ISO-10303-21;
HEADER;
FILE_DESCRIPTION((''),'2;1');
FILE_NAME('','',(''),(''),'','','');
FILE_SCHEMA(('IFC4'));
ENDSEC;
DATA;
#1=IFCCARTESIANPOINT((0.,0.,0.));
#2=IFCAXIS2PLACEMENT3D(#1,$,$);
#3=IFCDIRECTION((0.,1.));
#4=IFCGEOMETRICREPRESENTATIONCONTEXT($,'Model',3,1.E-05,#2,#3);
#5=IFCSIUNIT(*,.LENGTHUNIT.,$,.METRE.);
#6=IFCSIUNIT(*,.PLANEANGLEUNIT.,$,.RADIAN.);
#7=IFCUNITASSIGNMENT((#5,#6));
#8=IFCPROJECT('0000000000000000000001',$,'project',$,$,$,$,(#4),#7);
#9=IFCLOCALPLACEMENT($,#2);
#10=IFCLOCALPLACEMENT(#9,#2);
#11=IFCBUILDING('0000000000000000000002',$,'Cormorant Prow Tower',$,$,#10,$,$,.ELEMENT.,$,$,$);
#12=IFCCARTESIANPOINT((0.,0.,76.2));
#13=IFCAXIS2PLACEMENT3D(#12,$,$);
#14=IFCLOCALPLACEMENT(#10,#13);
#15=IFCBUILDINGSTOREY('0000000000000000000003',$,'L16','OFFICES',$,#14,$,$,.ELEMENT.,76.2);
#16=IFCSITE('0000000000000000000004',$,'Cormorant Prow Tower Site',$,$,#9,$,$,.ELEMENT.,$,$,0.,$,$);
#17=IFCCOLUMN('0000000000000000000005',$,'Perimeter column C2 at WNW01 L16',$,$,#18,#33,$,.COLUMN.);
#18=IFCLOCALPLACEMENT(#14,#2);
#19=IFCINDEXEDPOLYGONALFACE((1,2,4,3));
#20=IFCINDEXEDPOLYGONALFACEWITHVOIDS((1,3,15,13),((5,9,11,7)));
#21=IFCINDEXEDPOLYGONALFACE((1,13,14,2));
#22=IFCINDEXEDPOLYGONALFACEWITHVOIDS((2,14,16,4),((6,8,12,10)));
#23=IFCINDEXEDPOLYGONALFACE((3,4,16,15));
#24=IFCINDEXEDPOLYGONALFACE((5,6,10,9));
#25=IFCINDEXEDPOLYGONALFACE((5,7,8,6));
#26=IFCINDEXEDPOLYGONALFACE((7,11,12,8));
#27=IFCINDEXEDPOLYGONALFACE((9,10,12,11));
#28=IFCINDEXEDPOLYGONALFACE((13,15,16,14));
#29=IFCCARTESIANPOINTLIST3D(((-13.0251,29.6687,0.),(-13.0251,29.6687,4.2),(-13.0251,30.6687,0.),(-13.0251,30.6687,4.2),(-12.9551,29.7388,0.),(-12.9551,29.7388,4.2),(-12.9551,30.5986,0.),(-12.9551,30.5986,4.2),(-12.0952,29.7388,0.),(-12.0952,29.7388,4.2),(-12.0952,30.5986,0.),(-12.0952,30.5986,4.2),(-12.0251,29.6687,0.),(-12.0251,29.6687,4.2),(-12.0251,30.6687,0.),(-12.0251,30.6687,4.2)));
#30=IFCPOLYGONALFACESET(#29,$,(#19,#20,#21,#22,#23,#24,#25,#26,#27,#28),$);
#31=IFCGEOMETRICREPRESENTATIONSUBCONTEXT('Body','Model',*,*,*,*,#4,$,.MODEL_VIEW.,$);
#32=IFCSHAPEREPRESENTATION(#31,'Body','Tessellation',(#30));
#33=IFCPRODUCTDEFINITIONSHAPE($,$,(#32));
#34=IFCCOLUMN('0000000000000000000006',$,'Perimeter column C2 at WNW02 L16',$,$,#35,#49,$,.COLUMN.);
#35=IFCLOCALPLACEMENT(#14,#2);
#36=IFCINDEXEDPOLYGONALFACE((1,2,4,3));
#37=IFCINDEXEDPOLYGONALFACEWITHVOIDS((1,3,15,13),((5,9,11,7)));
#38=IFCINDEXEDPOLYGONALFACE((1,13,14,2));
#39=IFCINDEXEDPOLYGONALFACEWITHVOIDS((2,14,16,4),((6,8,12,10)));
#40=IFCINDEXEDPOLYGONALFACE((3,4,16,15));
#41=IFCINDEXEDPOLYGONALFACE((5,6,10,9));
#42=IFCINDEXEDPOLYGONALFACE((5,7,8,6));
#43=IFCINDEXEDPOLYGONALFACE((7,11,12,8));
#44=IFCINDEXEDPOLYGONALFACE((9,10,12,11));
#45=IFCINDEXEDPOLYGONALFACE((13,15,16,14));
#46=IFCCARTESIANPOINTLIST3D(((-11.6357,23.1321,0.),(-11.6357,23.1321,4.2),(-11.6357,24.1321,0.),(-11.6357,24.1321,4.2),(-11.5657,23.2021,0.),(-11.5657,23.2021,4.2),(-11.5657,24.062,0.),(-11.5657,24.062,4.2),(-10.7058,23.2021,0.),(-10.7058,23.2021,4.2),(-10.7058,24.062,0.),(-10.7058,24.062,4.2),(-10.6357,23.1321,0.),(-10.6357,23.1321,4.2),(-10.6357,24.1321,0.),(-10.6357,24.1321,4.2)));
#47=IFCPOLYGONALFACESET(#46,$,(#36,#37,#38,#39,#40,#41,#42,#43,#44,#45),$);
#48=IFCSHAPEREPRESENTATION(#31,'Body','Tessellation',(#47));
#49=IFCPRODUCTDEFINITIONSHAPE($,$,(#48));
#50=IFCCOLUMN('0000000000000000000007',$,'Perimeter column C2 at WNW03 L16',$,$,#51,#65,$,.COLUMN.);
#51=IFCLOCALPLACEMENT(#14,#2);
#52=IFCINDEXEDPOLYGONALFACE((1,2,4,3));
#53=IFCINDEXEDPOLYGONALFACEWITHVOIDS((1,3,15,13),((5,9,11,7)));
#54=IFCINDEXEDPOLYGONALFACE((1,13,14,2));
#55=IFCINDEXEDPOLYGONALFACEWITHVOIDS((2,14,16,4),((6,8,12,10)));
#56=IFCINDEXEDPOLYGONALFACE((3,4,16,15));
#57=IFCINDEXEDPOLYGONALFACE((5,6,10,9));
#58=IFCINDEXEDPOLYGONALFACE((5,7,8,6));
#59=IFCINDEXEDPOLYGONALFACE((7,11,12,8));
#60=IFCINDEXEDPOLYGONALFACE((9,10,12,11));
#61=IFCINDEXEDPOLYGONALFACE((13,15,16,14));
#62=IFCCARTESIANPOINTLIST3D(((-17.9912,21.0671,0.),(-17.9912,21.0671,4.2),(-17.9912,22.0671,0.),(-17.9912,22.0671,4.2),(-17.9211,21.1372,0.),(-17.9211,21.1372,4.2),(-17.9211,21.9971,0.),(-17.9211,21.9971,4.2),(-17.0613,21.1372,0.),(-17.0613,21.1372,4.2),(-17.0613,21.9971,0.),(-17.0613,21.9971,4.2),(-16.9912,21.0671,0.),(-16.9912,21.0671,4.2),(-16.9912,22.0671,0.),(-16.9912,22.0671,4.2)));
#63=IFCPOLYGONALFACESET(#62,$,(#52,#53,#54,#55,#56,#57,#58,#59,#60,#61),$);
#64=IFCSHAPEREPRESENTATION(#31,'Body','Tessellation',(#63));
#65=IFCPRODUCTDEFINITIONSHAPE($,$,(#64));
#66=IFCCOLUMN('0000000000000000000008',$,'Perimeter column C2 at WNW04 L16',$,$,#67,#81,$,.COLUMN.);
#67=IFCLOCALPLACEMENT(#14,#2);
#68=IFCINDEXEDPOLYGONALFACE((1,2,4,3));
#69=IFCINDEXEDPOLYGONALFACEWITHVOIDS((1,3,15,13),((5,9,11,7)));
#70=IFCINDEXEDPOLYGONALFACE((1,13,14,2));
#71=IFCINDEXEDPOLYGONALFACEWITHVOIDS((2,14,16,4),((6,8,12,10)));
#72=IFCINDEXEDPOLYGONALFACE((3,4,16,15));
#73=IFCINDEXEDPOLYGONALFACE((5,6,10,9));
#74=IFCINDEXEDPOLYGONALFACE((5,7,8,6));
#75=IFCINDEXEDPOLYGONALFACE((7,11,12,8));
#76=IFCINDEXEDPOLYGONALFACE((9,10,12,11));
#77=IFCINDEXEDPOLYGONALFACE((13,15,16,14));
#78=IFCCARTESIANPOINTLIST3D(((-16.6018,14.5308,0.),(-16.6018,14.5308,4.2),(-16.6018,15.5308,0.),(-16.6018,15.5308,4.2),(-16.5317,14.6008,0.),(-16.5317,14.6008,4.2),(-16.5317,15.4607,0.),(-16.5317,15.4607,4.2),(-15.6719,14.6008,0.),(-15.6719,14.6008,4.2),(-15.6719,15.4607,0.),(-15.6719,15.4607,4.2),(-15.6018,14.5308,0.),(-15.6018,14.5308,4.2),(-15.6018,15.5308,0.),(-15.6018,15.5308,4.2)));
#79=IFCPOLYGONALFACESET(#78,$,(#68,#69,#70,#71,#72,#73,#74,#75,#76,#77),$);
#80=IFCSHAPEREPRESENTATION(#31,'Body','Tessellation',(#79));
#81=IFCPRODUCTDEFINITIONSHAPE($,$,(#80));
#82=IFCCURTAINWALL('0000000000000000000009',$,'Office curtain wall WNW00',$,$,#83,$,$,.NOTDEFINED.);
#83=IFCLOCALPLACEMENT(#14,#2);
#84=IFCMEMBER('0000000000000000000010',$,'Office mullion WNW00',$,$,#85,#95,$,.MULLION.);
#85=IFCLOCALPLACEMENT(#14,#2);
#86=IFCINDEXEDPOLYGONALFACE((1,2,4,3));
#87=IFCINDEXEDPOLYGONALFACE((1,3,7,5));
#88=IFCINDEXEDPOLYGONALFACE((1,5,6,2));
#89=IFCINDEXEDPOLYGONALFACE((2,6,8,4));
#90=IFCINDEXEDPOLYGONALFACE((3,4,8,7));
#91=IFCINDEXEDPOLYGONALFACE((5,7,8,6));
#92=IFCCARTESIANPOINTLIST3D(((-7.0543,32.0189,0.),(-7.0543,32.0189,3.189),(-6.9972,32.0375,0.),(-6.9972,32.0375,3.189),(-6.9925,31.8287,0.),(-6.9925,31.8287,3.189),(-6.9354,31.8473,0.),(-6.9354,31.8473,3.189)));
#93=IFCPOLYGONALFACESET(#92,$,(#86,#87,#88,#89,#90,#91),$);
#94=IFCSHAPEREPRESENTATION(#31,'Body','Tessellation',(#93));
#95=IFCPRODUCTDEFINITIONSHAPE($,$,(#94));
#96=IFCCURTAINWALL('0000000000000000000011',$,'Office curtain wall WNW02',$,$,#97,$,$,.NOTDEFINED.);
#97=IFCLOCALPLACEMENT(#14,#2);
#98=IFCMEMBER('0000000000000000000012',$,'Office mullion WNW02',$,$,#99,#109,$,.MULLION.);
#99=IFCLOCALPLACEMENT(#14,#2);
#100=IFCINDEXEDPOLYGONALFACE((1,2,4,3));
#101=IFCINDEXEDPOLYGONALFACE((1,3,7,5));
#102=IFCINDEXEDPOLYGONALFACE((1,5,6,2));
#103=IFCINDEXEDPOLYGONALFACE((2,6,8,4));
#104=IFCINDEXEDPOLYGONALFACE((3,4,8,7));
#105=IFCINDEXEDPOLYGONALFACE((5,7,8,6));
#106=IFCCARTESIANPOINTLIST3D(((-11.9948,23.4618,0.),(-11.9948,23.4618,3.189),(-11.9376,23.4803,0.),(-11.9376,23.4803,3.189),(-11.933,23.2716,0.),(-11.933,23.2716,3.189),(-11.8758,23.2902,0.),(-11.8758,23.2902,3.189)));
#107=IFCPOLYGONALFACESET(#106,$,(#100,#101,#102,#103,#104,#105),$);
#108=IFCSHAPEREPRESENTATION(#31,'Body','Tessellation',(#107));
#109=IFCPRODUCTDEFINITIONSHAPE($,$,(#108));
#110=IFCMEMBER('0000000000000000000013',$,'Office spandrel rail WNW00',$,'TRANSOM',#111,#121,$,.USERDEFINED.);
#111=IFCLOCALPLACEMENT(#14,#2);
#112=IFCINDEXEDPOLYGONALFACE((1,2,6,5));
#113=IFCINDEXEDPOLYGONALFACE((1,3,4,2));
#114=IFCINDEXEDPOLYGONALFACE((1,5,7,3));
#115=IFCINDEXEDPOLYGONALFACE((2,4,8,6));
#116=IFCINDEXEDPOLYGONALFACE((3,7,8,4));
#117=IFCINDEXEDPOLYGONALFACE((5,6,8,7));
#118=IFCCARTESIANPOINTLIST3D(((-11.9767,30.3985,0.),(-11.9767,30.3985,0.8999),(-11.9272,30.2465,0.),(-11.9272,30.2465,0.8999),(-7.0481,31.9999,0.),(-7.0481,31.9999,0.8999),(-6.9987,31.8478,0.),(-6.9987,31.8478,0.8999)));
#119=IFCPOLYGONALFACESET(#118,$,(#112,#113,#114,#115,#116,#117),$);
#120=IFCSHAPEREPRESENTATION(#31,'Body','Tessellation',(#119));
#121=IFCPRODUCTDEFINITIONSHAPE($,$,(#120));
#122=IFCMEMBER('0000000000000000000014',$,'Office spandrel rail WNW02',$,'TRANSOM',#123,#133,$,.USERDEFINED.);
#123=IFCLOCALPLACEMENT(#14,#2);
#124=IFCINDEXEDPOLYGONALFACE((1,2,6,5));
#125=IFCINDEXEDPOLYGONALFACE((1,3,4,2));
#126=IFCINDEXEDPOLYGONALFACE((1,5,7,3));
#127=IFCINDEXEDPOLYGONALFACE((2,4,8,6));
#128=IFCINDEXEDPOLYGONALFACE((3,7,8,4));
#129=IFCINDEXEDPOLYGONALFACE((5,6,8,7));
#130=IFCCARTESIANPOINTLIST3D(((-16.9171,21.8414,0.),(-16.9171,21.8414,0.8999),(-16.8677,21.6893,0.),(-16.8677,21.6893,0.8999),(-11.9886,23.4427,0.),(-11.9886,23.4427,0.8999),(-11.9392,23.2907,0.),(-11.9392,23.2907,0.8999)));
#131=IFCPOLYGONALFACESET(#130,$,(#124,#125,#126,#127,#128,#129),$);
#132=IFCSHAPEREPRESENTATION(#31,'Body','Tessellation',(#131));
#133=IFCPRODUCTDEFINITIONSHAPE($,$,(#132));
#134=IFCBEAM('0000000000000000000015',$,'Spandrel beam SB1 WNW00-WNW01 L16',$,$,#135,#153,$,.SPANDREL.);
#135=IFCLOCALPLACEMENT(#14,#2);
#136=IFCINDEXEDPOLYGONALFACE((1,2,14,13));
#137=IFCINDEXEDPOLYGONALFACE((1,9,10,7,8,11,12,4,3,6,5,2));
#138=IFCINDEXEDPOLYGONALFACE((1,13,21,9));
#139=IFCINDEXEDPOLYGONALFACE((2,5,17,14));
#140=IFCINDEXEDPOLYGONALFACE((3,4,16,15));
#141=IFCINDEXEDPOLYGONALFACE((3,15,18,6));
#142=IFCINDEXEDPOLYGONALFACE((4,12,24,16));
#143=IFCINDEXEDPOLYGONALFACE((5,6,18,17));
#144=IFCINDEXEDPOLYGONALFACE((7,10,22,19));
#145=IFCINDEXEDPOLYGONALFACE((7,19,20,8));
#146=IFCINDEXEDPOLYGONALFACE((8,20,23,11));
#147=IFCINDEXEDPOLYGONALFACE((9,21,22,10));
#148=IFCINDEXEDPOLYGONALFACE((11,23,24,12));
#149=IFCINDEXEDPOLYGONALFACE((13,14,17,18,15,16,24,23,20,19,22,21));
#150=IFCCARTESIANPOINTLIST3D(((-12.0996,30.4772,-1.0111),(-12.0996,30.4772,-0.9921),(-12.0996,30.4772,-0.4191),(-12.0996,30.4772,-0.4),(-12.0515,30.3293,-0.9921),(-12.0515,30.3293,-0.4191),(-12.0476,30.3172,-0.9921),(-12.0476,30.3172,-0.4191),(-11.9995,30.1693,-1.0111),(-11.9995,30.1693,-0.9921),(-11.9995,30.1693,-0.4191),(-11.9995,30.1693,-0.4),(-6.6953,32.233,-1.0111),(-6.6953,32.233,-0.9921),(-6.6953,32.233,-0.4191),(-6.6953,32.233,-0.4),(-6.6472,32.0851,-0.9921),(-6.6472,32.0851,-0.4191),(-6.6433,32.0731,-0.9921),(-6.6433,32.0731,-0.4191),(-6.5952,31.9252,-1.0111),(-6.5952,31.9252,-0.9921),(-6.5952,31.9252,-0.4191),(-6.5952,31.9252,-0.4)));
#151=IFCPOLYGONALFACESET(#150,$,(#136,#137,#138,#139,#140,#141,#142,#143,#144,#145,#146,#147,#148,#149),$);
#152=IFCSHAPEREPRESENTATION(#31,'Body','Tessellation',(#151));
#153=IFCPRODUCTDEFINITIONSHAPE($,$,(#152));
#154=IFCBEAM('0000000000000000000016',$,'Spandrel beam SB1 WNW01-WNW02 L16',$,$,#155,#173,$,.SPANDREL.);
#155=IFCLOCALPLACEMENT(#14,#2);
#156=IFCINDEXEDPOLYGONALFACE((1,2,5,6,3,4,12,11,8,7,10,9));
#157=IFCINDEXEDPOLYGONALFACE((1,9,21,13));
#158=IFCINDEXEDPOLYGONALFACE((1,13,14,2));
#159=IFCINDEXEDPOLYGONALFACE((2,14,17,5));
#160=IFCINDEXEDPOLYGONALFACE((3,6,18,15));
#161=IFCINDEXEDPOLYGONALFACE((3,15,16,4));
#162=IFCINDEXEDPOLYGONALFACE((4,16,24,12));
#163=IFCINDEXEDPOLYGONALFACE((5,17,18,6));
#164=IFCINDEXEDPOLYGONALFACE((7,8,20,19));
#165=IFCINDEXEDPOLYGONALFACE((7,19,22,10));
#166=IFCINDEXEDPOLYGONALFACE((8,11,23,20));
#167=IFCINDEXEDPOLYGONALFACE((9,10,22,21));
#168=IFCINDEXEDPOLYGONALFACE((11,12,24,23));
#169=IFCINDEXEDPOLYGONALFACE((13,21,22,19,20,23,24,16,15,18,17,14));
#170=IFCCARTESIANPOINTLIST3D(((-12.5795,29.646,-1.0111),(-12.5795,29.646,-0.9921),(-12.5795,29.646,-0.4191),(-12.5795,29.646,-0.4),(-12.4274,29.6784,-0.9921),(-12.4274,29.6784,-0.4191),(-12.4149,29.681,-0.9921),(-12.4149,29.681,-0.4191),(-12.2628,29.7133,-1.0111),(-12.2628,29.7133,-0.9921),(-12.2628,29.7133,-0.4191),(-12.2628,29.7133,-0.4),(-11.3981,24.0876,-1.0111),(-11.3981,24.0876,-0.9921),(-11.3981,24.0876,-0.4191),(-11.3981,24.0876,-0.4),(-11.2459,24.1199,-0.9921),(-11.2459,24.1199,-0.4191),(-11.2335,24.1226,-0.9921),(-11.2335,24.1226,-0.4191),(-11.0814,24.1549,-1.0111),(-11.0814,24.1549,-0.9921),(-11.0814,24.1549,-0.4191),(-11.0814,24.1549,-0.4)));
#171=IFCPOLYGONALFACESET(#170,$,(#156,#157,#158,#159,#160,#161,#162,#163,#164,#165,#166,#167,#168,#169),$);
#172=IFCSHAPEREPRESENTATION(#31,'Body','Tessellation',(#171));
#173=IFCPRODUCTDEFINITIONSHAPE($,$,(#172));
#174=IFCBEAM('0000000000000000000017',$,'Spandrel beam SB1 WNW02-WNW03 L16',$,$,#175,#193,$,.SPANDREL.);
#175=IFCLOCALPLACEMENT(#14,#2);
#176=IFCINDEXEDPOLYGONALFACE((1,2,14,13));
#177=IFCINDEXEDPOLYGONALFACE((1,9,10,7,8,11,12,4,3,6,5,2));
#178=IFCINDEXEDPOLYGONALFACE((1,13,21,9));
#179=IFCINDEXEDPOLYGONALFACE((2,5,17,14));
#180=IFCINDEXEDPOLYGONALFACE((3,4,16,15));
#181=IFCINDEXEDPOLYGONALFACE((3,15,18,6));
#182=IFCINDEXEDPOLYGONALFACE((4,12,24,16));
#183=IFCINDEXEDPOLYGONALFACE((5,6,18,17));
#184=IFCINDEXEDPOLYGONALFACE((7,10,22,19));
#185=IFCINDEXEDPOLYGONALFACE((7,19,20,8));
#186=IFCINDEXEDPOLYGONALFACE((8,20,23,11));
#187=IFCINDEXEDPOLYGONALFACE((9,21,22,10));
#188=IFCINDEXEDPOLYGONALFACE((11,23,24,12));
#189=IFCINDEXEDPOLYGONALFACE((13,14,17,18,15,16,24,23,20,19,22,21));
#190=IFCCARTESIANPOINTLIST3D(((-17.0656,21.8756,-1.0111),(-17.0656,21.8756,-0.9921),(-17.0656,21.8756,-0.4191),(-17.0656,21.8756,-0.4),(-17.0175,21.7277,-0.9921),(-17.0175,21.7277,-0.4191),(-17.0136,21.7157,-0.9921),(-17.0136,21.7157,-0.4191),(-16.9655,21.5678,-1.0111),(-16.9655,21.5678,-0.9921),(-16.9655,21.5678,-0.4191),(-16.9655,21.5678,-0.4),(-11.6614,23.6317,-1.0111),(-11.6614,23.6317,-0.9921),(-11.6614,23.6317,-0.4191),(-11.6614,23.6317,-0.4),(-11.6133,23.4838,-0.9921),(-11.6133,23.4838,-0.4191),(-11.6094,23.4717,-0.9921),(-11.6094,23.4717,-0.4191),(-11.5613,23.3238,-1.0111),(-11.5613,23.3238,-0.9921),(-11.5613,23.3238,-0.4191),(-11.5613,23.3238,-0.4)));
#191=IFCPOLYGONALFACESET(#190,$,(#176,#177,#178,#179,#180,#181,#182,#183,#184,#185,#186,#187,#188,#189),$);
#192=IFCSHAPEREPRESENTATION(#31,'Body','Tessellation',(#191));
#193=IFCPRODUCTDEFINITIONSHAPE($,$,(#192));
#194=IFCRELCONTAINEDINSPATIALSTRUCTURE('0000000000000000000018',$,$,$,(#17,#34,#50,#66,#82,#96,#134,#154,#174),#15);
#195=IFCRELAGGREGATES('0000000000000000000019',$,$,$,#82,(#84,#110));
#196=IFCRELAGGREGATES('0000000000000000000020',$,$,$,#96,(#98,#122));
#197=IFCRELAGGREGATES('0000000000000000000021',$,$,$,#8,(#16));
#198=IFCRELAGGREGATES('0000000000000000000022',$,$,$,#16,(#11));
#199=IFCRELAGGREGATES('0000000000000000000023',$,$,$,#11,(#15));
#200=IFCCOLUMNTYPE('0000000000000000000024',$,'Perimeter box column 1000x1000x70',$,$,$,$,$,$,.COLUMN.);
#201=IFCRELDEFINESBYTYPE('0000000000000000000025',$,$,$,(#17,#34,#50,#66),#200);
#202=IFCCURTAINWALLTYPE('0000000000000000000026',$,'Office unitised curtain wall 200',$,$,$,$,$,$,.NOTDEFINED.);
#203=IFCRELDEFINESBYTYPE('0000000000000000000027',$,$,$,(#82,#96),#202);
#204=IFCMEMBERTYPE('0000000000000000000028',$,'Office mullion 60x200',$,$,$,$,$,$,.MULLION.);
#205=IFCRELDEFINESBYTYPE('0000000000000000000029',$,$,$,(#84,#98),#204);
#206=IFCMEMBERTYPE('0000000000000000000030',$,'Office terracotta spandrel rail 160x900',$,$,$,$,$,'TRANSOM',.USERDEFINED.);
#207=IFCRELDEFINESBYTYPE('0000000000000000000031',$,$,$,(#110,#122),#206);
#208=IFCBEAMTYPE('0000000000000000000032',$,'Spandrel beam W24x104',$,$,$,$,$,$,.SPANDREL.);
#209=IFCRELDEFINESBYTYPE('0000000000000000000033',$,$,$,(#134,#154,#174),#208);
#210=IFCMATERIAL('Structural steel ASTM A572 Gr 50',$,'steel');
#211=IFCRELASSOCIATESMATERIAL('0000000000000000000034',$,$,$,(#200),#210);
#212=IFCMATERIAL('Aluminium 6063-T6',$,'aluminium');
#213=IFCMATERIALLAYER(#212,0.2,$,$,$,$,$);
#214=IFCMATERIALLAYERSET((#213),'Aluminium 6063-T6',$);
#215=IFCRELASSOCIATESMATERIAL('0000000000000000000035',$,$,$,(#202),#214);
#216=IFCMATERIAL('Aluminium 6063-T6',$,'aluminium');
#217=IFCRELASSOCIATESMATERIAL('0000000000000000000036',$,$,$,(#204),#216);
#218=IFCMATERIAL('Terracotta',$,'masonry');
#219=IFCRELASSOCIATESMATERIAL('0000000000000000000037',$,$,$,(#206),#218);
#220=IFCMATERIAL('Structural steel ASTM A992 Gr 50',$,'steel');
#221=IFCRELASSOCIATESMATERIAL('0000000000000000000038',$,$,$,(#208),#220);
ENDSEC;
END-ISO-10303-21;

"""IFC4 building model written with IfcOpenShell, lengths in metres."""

from ifc_helpers import new_model, si_unit, direction, frame, origin, origin_2d, place, context, subcontext, project, spatial, rectangle, hollow_rectangle, i_section, extrude, material, layer, layer_set, material_profile, profile_set, type_object, element, aggregate, save


model = new_model("IFC4")

# Units and contexts
model_context = context("Model", 3, precision=1e-05, world=origin(), true_north=direction((0.0, 1.0)))
body_context = subcontext(model_context, "Body", "Model", "MODEL_VIEW")
ifc_project = project(units=[si_unit("LENGTHUNIT", "METRE"), si_unit("PLANEANGLEUNIT", "RADIAN")], contexts=[model_context])

# Site, building, storey
site_placement = place(None, origin())
site = spatial("IfcSite", under=ifc_project, at=site_placement, Name="Cormorant Prow Tower Site", CompositionType="ELEMENT", RefElevation=0.0)
building_placement = place(site_placement, origin())
building = spatial("IfcBuilding", under=site, at=building_placement, Name="Cormorant Prow Tower", CompositionType="ELEMENT")
storey_placement = place(building_placement, frame((0.0, 0.0, 76.2)))
storey = spatial("IfcBuildingStorey", under=building, at=storey_placement, Name="L16", Description="OFFICES", CompositionType="ELEMENT", Elevation=76.2)

# Columns
ifc_material_1 = material(Name="Structural steel ASTM A572 Gr 50", Category="steel")
ifc_material_profile_1 = material_profile(ifc_material_1, hollow_rectangle(XDim=1.0, YDim=1.0, WallThickness=0.0701, at=origin_2d()), Name="Box 1000x1000x70")
ifc_profile_set_1 = profile_set([ifc_material_profile_1], Name="Structural steel ASTM A572 Gr 50")
column_type = type_object("IfcColumnType", Name="Perimeter box column 1000x1000x70", PredefinedType="COLUMN", material=ifc_profile_set_1)
for number, where, z_axis, x_axis, name in (
    (1, (-12.5251, 30.1687, 0.0), (0.0, 0.0, 1.0), (1.0, 0.0, 0.0), "Perimeter column C2 at WNW01 L16"),
    (2, (-11.1357, 23.6321, 0.0), (0.0, 0.0, 1.0), (1.0, 0.0, 0.0), "Perimeter column C2 at WNW02 L16"),
    (3, (-17.4912, 21.5671, 0.0), (0.0, 0.0, 1.0), (1.0, 0.0, 0.0), "Perimeter column C2 at WNW03 L16"),
    (4, (-16.1018, 15.0308, 0.0), (0.0, 0.0, 1.0), (1.0, 0.0, 0.0), "Perimeter column C2 at WNW04 L16"),
):
    element("IfcColumn", number, at=place(storey_placement, frame(where, z_axis=z_axis, x_axis=x_axis)), inside=storey, type_object=column_type, Name=name, PredefinedType="COLUMN", context=body_context, shape_type="SweptSolid", body=[
        extrude(hollow_rectangle(XDim=1.0, YDim=1.0, WallThickness=0.0701, at=origin_2d()), origin(), (0.0, 0.0, 1.0), 4.2),
    ])

# Curtain walls, members
ifc_material_2 = material(Name="Aluminium 6063-T6", Category="aluminium")
ifc_layer_1 = layer(ifc_material_2, 0.2)
ifc_layer_set_1 = layer_set([ifc_layer_1], Name="Aluminium 6063-T6")
curtain_wall_type = type_object("IfcCurtainWallType", Name="Office unitised curtain wall 200", PredefinedType="NOTDEFINED", material=ifc_layer_set_1)
curtain_wall_1_placement = place(storey_placement, origin())
curtain_wall_1 = element("IfcCurtainWall", 5, at=curtain_wall_1_placement, inside=storey, type_object=curtain_wall_type, Name="Office curtain wall WNW00", PredefinedType="NOTDEFINED")
ifc_material_3 = material(Name="Aluminium 6063-T6", Category="aluminium")
ifc_material_profile_2 = material_profile(ifc_material_3, rectangle(XDim=0.2, YDim=0.0601, at=origin_2d()), Name="Office mullion 60x200")
ifc_profile_set_2 = profile_set([ifc_material_profile_2], Name="Aluminium 6063-T6")
member_type_1 = type_object("IfcMemberType", Name="Office mullion 60x200", PredefinedType="MULLION", material=ifc_profile_set_2)
member_1_placement = place(storey_placement, frame((-6.9949, 31.9331, 0.0), z_axis=(0.0, 0.0, 1.0), x_axis=(0.309017, -0.951057, 0.0)))
member_1 = element("IfcMember", 6, at=member_1_placement, type_object=member_type_1, Name="Office mullion WNW00", PredefinedType="MULLION", context=body_context, shape_type="SweptSolid", body=[
    extrude(rectangle(XDim=0.2, YDim=0.0601, at=origin_2d()), origin(), (0.0, 0.0, 1.0), 3.189),
])
curtain_wall_2_placement = place(storey_placement, origin())
curtain_wall_2 = element("IfcCurtainWall", 7, at=curtain_wall_2_placement, inside=storey, type_object=curtain_wall_type, Name="Office curtain wall WNW02", PredefinedType="NOTDEFINED")
member_2_placement = place(storey_placement, frame((-11.9353, 23.376, 0.0), z_axis=(0.0, 0.0, 1.0), x_axis=(0.309017, -0.951057, 0.0)))
member_2 = element("IfcMember", 8, at=member_2_placement, type_object=member_type_1, Name="Office mullion WNW02", PredefinedType="MULLION", context=body_context, shape_type="SweptSolid", body=[
    extrude(rectangle(XDim=0.2, YDim=0.0601, at=origin_2d()), origin(), (0.0, 0.0, 1.0), 3.189),
])

# Members
ifc_material_4 = material(Name="Terracotta", Category="masonry")
ifc_material_profile_3 = material_profile(ifc_material_4, rectangle(XDim=0.1599, YDim=0.8999, at=origin_2d()), Name="Office terracotta spandrel rail 160x900")
ifc_profile_set_3 = profile_set([ifc_material_profile_3], Name="Terracotta")
member_type_2 = type_object("IfcMemberType", Name="Office terracotta spandrel rail 160x900", ElementType="TRANSOM", PredefinedType="USERDEFINED", material=ifc_profile_set_3)
member_3_placement = place(storey_placement, frame((-7.0234, 31.9238, 0.45), z_axis=(-0.951059, -0.30901, 0.0), x_axis=(0.30901, -0.951059, 0.0)))
member_3 = element("IfcMember", 9, at=member_3_placement, type_object=member_type_2, Name="Office spandrel rail WNW00", ObjectType="TRANSOM", PredefinedType="USERDEFINED", context=body_context, shape_type="SweptSolid", body=[
    extrude(rectangle(XDim=0.1599, YDim=0.8999, at=origin_2d()), origin(), (0.0, 0.0, 1.0), 5.1821),
])
member_4_placement = place(storey_placement, frame((-11.9639, 23.3667, 0.45), z_axis=(-0.951059, -0.30901, 0.0), x_axis=(0.30901, -0.951059, 0.0)))
member_4 = element("IfcMember", 10, at=member_4_placement, type_object=member_type_2, Name="Office spandrel rail WNW02", ObjectType="TRANSOM", PredefinedType="USERDEFINED", context=body_context, shape_type="SweptSolid", body=[
    extrude(rectangle(XDim=0.1599, YDim=0.8999, at=origin_2d()), origin(), (0.0, 0.0, 1.0), 5.1821),
])

# Beams
ifc_material_5 = material(Name="Structural steel ASTM A992 Gr 50", Category="steel")
ifc_material_profile_4 = material_profile(ifc_material_5, i_section(OverallWidth=0.3237, OverallDepth=0.6111, WebThickness=0.0127, FlangeThickness=0.019, at=origin_2d()), Name="W24x104")
ifc_profile_set_4 = profile_set([ifc_material_profile_4], Name="Structural steel ASTM A992 Gr 50")
beam_type = type_object("IfcBeamType", Name="Spandrel beam W24x104", PredefinedType="SPANDREL", material=ifc_profile_set_4)
beam_1_placement = place(storey_placement, frame((-6.6453, 32.0791, -0.7056), z_axis=(-0.951062, -0.309001, 0.0), x_axis=(0.309001, -0.951062, 0.0)))
element("IfcBeam", 11, at=beam_1_placement, inside=storey, type_object=beam_type, Name="Spandrel beam SB1 WNW00-WNW01 L16", PredefinedType="SPANDREL", context=body_context, shape_type="SweptSolid", body=[
    extrude(i_section(OverallWidth=0.3237, OverallDepth=0.6111, WebThickness=0.0127, FlangeThickness=0.019, at=origin_2d()), origin(), (0.0, 0.0, 1.0), 5.6824),
])
beam_2_placement = place(storey_placement, frame((-12.4211, 29.6797, -0.7056), z_axis=(0.2079, -0.97815, 0.0), x_axis=(0.97815, 0.2079, 0.0)))
element("IfcBeam", 12, at=beam_2_placement, inside=storey, type_object=beam_type, Name="Spandrel beam SB1 WNW01-WNW02 L16", PredefinedType="SPANDREL", context=body_context, shape_type="SweptSolid", body=[
    extrude(i_section(OverallWidth=0.3237, OverallDepth=0.6111, WebThickness=0.0127, FlangeThickness=0.019, at=origin_2d()), origin(), (0.0, 0.0, 1.0), 5.6826),
])
beam_3_placement = place(storey_placement, frame((-11.6113, 23.4778, -0.7056), z_axis=(-0.951049, -0.309039, 0.0), x_axis=(0.309039, -0.951049, 0.0)))
element("IfcBeam", 13, at=beam_3_placement, inside=storey, type_object=beam_type, Name="Spandrel beam SB1 WNW02-WNW03 L16", PredefinedType="SPANDREL", context=body_context, shape_type="SweptSolid", body=[
    extrude(i_section(OverallWidth=0.3237, OverallDepth=0.6111, WebThickness=0.0127, FlangeThickness=0.019, at=origin_2d()), origin(), (0.0, 0.0, 1.0), 5.6824),
])

aggregate(curtain_wall_1, [member_1, member_3])
aggregate(curtain_wall_2, [member_2, member_4])

save(model, "model.ifc")
